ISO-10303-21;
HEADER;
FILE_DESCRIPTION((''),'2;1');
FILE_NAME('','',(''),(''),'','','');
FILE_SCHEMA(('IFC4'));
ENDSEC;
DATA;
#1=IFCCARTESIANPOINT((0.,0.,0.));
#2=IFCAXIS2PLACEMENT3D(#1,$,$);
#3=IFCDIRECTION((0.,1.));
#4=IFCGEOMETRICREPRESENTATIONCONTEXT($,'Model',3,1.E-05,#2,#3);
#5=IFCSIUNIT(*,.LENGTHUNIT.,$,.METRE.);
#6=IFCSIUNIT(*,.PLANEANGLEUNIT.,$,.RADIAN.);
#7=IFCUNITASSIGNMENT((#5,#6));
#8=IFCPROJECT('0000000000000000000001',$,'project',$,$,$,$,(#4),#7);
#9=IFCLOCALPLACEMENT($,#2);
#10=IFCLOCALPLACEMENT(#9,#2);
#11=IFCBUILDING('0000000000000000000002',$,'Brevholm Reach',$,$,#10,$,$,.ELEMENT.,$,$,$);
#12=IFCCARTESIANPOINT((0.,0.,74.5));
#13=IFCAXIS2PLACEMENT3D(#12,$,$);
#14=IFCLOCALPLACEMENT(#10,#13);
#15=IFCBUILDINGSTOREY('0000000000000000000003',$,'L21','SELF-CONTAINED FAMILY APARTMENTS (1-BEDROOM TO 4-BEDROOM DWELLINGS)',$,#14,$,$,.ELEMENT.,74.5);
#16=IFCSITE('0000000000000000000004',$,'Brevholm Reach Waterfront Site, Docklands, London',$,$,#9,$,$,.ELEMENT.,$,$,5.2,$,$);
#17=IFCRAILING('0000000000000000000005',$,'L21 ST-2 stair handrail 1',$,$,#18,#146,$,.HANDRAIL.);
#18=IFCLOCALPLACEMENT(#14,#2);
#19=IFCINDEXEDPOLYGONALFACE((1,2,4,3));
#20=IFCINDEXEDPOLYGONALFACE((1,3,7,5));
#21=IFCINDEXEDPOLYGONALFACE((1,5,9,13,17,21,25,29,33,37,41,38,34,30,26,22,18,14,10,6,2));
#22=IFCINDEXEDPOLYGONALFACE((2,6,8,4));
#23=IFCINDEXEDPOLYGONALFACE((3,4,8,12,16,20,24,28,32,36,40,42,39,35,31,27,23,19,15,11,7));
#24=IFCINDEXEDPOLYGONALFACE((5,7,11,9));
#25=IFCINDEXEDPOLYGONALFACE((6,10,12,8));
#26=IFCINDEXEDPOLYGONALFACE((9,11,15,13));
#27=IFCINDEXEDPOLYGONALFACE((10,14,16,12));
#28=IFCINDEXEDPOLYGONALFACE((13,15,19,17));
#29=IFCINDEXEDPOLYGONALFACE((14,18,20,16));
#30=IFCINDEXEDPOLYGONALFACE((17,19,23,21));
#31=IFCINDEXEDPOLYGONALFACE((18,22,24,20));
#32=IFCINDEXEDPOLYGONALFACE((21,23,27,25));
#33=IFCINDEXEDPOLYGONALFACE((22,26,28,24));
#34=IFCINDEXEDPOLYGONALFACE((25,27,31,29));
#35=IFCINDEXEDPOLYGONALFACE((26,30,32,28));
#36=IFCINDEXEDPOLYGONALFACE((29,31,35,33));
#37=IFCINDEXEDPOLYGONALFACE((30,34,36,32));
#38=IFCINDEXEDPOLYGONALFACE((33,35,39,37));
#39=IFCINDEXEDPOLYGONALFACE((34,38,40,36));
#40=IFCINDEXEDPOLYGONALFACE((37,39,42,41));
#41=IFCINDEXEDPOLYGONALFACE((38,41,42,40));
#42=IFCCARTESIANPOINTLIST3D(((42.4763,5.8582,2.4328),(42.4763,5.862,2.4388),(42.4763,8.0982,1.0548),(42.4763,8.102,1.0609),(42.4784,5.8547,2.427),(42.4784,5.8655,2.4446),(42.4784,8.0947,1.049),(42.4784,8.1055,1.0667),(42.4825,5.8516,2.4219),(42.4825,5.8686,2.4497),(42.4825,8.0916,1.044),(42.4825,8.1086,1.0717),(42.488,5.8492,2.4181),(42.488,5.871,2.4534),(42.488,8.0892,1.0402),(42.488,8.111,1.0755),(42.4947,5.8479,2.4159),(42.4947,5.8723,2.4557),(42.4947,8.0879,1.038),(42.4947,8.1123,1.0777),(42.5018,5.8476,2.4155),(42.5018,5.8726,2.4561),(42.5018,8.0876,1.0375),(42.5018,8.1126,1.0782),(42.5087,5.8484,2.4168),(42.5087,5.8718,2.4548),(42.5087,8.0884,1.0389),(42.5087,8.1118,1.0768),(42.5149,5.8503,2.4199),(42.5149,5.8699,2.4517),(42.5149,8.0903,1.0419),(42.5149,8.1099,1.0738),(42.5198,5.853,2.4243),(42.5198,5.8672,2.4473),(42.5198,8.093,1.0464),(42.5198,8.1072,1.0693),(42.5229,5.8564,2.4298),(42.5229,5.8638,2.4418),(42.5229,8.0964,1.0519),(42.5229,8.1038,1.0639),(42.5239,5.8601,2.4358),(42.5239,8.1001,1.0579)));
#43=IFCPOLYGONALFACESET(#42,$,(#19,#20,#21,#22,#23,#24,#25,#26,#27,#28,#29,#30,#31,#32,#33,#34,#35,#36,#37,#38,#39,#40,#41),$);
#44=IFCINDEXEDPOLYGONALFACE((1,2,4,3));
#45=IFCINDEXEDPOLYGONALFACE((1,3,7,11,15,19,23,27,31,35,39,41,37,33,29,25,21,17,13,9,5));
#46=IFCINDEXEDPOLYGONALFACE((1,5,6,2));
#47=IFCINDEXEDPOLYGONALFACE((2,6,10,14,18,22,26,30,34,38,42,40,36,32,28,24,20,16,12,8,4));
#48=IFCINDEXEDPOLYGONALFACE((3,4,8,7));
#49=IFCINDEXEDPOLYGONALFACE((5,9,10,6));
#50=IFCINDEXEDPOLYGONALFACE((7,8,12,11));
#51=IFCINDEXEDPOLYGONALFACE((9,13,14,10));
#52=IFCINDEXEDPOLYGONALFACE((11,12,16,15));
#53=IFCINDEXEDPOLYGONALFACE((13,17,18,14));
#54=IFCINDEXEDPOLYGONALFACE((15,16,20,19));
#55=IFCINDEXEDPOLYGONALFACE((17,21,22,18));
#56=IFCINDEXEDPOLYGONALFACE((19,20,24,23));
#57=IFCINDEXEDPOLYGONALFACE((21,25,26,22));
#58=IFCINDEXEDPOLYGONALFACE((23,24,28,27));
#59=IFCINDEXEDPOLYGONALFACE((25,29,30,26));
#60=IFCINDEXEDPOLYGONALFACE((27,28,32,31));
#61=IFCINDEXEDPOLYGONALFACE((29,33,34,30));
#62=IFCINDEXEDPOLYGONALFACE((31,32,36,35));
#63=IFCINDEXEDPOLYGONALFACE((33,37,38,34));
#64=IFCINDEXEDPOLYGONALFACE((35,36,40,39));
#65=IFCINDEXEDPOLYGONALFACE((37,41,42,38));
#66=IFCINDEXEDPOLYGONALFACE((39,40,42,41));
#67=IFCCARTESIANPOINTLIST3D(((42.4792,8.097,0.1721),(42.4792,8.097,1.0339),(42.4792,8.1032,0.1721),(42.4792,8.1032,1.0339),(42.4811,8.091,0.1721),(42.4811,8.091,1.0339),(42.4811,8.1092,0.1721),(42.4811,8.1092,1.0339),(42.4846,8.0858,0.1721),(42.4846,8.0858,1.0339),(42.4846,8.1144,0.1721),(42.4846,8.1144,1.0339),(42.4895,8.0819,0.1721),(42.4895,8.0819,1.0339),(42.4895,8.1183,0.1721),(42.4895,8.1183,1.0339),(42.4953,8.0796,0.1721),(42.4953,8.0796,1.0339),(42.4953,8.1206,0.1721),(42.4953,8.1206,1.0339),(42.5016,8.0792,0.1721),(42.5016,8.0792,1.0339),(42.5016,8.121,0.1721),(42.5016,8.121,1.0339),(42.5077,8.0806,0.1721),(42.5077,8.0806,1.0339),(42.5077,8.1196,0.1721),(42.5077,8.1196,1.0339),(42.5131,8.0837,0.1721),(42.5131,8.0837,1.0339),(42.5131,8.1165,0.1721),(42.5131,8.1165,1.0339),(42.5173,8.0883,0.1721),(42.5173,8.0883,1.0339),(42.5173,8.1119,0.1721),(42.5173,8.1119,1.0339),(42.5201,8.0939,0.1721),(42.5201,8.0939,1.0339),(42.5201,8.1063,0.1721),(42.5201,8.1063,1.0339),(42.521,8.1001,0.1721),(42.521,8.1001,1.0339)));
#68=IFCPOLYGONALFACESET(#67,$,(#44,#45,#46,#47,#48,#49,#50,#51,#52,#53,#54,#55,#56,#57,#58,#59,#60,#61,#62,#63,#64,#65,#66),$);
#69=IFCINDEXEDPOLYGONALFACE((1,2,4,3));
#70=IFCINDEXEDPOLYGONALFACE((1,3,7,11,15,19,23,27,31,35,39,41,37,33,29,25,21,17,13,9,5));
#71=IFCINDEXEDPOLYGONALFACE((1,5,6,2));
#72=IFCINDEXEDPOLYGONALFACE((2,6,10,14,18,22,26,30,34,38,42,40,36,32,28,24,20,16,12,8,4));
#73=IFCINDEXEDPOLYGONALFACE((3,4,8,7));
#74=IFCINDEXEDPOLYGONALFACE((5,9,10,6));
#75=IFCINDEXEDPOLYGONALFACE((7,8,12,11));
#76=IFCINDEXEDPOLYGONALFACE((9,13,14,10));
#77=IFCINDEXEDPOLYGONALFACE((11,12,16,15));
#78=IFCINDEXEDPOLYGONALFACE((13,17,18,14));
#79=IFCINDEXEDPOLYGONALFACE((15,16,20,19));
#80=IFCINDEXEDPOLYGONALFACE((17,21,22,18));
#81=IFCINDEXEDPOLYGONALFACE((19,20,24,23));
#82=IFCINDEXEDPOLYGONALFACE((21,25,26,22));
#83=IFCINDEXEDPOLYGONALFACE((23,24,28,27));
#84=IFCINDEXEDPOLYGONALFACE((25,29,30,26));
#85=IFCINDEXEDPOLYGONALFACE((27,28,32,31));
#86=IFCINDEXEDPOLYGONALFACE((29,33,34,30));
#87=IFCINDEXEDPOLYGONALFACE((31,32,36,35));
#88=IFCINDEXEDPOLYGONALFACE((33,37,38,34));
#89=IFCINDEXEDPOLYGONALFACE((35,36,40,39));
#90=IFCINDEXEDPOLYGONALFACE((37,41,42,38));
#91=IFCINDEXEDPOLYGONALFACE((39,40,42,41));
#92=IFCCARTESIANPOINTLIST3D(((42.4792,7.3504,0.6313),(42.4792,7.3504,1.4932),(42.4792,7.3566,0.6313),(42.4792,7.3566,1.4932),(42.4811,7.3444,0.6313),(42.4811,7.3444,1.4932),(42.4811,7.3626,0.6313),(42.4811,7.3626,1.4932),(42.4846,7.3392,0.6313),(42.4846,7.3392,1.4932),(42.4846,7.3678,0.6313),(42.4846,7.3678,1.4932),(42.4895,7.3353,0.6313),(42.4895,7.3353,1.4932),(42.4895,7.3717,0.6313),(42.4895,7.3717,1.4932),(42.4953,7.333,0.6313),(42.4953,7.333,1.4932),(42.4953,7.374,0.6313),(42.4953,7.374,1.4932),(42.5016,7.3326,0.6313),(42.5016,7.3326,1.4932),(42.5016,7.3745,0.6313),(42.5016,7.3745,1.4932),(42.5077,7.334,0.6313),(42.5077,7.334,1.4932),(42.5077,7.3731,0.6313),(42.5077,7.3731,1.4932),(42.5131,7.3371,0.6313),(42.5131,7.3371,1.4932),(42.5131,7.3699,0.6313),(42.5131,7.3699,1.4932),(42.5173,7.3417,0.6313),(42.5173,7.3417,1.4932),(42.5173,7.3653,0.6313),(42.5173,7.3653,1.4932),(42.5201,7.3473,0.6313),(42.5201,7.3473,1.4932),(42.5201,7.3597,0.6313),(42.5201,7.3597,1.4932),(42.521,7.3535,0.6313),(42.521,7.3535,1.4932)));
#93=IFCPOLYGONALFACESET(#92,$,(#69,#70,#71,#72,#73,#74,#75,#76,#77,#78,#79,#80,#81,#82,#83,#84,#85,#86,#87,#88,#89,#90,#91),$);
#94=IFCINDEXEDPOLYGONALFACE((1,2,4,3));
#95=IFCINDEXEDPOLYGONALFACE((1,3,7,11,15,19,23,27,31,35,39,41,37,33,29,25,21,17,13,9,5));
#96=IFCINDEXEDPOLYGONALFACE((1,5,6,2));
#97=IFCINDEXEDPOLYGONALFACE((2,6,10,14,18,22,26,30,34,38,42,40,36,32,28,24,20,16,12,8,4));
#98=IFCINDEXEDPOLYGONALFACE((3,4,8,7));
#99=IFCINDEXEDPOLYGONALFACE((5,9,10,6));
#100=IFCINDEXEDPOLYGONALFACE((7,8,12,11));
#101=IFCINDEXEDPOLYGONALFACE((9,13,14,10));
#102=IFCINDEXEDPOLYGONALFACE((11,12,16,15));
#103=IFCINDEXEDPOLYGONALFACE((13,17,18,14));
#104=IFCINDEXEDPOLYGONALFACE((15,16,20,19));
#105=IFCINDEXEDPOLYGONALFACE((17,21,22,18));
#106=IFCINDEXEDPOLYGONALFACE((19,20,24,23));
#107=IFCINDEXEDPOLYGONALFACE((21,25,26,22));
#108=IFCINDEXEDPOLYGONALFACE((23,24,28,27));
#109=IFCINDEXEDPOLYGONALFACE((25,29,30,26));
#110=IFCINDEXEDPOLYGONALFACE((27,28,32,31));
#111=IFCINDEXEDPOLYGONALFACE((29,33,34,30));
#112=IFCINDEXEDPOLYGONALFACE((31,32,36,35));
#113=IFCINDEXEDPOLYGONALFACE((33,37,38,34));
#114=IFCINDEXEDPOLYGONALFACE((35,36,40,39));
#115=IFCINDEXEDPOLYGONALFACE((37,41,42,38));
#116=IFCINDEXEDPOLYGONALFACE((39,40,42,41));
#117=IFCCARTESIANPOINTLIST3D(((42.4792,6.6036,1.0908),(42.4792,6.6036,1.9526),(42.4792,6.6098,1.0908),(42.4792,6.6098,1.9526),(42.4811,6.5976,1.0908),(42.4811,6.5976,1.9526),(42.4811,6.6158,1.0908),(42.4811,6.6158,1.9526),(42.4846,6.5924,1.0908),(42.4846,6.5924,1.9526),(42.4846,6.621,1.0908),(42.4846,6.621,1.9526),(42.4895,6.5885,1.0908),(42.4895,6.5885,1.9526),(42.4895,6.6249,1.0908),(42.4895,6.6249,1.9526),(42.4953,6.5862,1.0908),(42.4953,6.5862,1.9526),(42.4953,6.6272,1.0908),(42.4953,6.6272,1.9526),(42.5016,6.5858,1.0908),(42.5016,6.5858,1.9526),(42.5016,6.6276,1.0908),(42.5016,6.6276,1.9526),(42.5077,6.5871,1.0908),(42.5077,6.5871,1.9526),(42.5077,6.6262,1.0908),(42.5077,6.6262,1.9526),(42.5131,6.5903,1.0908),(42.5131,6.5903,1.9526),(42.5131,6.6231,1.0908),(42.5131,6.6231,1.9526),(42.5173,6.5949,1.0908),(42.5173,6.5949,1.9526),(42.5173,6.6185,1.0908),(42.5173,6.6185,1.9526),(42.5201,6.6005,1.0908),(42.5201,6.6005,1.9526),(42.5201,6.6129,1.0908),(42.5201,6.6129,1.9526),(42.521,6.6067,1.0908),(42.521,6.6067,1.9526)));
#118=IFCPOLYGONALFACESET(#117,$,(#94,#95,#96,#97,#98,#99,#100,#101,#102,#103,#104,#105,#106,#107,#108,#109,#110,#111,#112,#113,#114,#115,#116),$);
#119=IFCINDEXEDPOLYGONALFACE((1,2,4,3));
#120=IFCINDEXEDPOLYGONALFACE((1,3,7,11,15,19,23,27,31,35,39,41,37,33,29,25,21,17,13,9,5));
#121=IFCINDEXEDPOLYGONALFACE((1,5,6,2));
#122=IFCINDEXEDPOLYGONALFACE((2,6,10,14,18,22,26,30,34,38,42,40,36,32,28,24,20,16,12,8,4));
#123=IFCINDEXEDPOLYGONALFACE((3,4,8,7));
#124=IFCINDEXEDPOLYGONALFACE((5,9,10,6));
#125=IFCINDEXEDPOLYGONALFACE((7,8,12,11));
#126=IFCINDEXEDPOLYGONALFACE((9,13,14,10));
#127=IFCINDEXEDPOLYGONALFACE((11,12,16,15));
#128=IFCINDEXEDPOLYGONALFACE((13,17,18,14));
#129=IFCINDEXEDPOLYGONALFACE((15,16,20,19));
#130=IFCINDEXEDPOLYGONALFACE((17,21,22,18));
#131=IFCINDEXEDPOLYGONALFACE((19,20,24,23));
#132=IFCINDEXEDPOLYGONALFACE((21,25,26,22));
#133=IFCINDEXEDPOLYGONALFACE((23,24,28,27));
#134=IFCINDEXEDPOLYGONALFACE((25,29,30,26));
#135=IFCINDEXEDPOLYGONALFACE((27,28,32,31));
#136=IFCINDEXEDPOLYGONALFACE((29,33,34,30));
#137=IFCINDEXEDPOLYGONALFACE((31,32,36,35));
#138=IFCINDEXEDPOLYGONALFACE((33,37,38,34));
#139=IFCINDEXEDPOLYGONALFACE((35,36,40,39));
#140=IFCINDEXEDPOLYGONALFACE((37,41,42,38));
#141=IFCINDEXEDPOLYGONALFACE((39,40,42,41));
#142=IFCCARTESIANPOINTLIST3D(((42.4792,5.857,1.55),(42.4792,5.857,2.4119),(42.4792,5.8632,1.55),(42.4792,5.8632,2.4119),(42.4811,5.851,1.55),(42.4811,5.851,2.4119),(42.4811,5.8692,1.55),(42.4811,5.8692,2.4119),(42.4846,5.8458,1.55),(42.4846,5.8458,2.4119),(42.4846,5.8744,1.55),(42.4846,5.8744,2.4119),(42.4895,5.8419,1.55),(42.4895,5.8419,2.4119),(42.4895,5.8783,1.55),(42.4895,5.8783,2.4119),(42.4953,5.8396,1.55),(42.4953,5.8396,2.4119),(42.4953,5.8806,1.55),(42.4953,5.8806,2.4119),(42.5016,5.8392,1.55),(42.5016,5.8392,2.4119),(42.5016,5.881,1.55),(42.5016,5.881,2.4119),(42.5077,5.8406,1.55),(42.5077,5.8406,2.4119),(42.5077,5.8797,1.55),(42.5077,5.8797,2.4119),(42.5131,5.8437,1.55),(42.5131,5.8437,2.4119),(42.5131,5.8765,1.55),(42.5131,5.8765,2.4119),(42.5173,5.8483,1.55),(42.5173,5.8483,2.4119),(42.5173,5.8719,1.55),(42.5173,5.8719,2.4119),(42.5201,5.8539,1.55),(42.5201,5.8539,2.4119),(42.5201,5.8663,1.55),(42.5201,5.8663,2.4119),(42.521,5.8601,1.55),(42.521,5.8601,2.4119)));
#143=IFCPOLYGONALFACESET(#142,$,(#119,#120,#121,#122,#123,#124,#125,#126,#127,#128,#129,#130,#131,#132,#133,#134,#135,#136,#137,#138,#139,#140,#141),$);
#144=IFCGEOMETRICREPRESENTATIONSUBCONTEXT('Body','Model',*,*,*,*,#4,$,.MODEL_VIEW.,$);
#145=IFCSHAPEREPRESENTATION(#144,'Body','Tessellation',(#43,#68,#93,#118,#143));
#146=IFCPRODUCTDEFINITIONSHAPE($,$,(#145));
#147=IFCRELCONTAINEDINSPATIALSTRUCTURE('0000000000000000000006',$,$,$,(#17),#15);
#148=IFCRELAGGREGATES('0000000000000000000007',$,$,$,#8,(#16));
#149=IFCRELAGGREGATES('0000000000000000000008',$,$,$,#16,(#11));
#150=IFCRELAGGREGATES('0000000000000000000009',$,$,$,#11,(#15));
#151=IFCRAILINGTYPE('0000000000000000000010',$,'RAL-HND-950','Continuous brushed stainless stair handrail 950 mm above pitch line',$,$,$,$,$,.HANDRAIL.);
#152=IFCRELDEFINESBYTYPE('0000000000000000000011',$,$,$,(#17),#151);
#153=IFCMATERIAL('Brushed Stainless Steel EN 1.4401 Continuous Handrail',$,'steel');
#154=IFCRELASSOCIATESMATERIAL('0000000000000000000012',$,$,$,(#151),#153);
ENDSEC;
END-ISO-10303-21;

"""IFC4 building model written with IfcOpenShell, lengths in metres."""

from ifc_helpers import new_model, si_unit, direction, frame, origin, origin_2d, place, context, subcontext, project, spatial, circle, extrude, material, type_object, element, save


model = new_model("IFC4")

# Units and contexts
model_context = context("Model", 3, precision=1e-05, world=origin(), true_north=direction((0.0, 1.0)))
body_context = subcontext(model_context, "Body", "Model", "MODEL_VIEW")
ifc_project = project(units=[si_unit("LENGTHUNIT", "METRE"), si_unit("PLANEANGLEUNIT", "RADIAN")], contexts=[model_context])

# Site, building, storey
site_placement = place(None, origin())
site = spatial("IfcSite", under=ifc_project, at=site_placement, Name="Brevholm Reach Waterfront Site, Docklands, London", CompositionType="ELEMENT", RefElevation=5.2)
building_placement = place(site_placement, origin())
building = spatial("IfcBuilding", under=site, at=building_placement, Name="Brevholm Reach", CompositionType="ELEMENT")
storey_placement = place(building_placement, frame((0.0, 0.0, 74.5)))
storey = spatial("IfcBuildingStorey", under=building, at=storey_placement, Name="L21", Description="SELF-CONTAINED FAMILY APARTMENTS (1-BEDROOM TO 4-BEDROOM DWELLINGS)", CompositionType="ELEMENT", Elevation=74.5)

# Railing
ifc_material_1 = material(Name="Brushed Stainless Steel EN 1.4401 Continuous Handrail", Category="steel")
railing_type_1 = type_object("IfcRailingType", Name="RAL-HND-950", Description="Continuous brushed stainless stair handrail 950 mm above pitch line", PredefinedType="HANDRAIL", material=ifc_material_1)
railing_1_placement = place(storey_placement, frame((42.5, 8.1001, 0.1721)))
element("IfcRailing", 1, at=railing_1_placement, inside=storey, type_object=railing_type_1, Name="L21 ST-2 stair handrail 1", PredefinedType="HANDRAIL", context=body_context, shape_type="SweptSolid", body=[
    extrude(circle(Radius=0.0239, at=origin_2d()), frame((0.0, 0.0, 0.8857), z_axis=(0.0, -0.851748, 0.523952), x_axis=(1.0, 0.0, 0.0)), (0.0, 0.0, 1.0), 2.6299),
    extrude(circle(Radius=0.021, at=origin_2d()), origin(), (0.0, 0.0, 1.0), 0.8618),
    extrude(circle(Radius=0.021, at=origin_2d()), frame((0.0, -0.7466, 0.4592)), (0.0, 0.0, 1.0), 0.8618),
    extrude(circle(Radius=0.021, at=origin_2d()), frame((0.0, -1.4934, 0.9187)), (0.0, 0.0, 1.0), 0.8618),
    extrude(circle(Radius=0.021, at=origin_2d()), frame((0.0, -2.24, 1.3779)), (0.0, 0.0, 1.0), 0.8618),
])

save(model, "model.ifc")
